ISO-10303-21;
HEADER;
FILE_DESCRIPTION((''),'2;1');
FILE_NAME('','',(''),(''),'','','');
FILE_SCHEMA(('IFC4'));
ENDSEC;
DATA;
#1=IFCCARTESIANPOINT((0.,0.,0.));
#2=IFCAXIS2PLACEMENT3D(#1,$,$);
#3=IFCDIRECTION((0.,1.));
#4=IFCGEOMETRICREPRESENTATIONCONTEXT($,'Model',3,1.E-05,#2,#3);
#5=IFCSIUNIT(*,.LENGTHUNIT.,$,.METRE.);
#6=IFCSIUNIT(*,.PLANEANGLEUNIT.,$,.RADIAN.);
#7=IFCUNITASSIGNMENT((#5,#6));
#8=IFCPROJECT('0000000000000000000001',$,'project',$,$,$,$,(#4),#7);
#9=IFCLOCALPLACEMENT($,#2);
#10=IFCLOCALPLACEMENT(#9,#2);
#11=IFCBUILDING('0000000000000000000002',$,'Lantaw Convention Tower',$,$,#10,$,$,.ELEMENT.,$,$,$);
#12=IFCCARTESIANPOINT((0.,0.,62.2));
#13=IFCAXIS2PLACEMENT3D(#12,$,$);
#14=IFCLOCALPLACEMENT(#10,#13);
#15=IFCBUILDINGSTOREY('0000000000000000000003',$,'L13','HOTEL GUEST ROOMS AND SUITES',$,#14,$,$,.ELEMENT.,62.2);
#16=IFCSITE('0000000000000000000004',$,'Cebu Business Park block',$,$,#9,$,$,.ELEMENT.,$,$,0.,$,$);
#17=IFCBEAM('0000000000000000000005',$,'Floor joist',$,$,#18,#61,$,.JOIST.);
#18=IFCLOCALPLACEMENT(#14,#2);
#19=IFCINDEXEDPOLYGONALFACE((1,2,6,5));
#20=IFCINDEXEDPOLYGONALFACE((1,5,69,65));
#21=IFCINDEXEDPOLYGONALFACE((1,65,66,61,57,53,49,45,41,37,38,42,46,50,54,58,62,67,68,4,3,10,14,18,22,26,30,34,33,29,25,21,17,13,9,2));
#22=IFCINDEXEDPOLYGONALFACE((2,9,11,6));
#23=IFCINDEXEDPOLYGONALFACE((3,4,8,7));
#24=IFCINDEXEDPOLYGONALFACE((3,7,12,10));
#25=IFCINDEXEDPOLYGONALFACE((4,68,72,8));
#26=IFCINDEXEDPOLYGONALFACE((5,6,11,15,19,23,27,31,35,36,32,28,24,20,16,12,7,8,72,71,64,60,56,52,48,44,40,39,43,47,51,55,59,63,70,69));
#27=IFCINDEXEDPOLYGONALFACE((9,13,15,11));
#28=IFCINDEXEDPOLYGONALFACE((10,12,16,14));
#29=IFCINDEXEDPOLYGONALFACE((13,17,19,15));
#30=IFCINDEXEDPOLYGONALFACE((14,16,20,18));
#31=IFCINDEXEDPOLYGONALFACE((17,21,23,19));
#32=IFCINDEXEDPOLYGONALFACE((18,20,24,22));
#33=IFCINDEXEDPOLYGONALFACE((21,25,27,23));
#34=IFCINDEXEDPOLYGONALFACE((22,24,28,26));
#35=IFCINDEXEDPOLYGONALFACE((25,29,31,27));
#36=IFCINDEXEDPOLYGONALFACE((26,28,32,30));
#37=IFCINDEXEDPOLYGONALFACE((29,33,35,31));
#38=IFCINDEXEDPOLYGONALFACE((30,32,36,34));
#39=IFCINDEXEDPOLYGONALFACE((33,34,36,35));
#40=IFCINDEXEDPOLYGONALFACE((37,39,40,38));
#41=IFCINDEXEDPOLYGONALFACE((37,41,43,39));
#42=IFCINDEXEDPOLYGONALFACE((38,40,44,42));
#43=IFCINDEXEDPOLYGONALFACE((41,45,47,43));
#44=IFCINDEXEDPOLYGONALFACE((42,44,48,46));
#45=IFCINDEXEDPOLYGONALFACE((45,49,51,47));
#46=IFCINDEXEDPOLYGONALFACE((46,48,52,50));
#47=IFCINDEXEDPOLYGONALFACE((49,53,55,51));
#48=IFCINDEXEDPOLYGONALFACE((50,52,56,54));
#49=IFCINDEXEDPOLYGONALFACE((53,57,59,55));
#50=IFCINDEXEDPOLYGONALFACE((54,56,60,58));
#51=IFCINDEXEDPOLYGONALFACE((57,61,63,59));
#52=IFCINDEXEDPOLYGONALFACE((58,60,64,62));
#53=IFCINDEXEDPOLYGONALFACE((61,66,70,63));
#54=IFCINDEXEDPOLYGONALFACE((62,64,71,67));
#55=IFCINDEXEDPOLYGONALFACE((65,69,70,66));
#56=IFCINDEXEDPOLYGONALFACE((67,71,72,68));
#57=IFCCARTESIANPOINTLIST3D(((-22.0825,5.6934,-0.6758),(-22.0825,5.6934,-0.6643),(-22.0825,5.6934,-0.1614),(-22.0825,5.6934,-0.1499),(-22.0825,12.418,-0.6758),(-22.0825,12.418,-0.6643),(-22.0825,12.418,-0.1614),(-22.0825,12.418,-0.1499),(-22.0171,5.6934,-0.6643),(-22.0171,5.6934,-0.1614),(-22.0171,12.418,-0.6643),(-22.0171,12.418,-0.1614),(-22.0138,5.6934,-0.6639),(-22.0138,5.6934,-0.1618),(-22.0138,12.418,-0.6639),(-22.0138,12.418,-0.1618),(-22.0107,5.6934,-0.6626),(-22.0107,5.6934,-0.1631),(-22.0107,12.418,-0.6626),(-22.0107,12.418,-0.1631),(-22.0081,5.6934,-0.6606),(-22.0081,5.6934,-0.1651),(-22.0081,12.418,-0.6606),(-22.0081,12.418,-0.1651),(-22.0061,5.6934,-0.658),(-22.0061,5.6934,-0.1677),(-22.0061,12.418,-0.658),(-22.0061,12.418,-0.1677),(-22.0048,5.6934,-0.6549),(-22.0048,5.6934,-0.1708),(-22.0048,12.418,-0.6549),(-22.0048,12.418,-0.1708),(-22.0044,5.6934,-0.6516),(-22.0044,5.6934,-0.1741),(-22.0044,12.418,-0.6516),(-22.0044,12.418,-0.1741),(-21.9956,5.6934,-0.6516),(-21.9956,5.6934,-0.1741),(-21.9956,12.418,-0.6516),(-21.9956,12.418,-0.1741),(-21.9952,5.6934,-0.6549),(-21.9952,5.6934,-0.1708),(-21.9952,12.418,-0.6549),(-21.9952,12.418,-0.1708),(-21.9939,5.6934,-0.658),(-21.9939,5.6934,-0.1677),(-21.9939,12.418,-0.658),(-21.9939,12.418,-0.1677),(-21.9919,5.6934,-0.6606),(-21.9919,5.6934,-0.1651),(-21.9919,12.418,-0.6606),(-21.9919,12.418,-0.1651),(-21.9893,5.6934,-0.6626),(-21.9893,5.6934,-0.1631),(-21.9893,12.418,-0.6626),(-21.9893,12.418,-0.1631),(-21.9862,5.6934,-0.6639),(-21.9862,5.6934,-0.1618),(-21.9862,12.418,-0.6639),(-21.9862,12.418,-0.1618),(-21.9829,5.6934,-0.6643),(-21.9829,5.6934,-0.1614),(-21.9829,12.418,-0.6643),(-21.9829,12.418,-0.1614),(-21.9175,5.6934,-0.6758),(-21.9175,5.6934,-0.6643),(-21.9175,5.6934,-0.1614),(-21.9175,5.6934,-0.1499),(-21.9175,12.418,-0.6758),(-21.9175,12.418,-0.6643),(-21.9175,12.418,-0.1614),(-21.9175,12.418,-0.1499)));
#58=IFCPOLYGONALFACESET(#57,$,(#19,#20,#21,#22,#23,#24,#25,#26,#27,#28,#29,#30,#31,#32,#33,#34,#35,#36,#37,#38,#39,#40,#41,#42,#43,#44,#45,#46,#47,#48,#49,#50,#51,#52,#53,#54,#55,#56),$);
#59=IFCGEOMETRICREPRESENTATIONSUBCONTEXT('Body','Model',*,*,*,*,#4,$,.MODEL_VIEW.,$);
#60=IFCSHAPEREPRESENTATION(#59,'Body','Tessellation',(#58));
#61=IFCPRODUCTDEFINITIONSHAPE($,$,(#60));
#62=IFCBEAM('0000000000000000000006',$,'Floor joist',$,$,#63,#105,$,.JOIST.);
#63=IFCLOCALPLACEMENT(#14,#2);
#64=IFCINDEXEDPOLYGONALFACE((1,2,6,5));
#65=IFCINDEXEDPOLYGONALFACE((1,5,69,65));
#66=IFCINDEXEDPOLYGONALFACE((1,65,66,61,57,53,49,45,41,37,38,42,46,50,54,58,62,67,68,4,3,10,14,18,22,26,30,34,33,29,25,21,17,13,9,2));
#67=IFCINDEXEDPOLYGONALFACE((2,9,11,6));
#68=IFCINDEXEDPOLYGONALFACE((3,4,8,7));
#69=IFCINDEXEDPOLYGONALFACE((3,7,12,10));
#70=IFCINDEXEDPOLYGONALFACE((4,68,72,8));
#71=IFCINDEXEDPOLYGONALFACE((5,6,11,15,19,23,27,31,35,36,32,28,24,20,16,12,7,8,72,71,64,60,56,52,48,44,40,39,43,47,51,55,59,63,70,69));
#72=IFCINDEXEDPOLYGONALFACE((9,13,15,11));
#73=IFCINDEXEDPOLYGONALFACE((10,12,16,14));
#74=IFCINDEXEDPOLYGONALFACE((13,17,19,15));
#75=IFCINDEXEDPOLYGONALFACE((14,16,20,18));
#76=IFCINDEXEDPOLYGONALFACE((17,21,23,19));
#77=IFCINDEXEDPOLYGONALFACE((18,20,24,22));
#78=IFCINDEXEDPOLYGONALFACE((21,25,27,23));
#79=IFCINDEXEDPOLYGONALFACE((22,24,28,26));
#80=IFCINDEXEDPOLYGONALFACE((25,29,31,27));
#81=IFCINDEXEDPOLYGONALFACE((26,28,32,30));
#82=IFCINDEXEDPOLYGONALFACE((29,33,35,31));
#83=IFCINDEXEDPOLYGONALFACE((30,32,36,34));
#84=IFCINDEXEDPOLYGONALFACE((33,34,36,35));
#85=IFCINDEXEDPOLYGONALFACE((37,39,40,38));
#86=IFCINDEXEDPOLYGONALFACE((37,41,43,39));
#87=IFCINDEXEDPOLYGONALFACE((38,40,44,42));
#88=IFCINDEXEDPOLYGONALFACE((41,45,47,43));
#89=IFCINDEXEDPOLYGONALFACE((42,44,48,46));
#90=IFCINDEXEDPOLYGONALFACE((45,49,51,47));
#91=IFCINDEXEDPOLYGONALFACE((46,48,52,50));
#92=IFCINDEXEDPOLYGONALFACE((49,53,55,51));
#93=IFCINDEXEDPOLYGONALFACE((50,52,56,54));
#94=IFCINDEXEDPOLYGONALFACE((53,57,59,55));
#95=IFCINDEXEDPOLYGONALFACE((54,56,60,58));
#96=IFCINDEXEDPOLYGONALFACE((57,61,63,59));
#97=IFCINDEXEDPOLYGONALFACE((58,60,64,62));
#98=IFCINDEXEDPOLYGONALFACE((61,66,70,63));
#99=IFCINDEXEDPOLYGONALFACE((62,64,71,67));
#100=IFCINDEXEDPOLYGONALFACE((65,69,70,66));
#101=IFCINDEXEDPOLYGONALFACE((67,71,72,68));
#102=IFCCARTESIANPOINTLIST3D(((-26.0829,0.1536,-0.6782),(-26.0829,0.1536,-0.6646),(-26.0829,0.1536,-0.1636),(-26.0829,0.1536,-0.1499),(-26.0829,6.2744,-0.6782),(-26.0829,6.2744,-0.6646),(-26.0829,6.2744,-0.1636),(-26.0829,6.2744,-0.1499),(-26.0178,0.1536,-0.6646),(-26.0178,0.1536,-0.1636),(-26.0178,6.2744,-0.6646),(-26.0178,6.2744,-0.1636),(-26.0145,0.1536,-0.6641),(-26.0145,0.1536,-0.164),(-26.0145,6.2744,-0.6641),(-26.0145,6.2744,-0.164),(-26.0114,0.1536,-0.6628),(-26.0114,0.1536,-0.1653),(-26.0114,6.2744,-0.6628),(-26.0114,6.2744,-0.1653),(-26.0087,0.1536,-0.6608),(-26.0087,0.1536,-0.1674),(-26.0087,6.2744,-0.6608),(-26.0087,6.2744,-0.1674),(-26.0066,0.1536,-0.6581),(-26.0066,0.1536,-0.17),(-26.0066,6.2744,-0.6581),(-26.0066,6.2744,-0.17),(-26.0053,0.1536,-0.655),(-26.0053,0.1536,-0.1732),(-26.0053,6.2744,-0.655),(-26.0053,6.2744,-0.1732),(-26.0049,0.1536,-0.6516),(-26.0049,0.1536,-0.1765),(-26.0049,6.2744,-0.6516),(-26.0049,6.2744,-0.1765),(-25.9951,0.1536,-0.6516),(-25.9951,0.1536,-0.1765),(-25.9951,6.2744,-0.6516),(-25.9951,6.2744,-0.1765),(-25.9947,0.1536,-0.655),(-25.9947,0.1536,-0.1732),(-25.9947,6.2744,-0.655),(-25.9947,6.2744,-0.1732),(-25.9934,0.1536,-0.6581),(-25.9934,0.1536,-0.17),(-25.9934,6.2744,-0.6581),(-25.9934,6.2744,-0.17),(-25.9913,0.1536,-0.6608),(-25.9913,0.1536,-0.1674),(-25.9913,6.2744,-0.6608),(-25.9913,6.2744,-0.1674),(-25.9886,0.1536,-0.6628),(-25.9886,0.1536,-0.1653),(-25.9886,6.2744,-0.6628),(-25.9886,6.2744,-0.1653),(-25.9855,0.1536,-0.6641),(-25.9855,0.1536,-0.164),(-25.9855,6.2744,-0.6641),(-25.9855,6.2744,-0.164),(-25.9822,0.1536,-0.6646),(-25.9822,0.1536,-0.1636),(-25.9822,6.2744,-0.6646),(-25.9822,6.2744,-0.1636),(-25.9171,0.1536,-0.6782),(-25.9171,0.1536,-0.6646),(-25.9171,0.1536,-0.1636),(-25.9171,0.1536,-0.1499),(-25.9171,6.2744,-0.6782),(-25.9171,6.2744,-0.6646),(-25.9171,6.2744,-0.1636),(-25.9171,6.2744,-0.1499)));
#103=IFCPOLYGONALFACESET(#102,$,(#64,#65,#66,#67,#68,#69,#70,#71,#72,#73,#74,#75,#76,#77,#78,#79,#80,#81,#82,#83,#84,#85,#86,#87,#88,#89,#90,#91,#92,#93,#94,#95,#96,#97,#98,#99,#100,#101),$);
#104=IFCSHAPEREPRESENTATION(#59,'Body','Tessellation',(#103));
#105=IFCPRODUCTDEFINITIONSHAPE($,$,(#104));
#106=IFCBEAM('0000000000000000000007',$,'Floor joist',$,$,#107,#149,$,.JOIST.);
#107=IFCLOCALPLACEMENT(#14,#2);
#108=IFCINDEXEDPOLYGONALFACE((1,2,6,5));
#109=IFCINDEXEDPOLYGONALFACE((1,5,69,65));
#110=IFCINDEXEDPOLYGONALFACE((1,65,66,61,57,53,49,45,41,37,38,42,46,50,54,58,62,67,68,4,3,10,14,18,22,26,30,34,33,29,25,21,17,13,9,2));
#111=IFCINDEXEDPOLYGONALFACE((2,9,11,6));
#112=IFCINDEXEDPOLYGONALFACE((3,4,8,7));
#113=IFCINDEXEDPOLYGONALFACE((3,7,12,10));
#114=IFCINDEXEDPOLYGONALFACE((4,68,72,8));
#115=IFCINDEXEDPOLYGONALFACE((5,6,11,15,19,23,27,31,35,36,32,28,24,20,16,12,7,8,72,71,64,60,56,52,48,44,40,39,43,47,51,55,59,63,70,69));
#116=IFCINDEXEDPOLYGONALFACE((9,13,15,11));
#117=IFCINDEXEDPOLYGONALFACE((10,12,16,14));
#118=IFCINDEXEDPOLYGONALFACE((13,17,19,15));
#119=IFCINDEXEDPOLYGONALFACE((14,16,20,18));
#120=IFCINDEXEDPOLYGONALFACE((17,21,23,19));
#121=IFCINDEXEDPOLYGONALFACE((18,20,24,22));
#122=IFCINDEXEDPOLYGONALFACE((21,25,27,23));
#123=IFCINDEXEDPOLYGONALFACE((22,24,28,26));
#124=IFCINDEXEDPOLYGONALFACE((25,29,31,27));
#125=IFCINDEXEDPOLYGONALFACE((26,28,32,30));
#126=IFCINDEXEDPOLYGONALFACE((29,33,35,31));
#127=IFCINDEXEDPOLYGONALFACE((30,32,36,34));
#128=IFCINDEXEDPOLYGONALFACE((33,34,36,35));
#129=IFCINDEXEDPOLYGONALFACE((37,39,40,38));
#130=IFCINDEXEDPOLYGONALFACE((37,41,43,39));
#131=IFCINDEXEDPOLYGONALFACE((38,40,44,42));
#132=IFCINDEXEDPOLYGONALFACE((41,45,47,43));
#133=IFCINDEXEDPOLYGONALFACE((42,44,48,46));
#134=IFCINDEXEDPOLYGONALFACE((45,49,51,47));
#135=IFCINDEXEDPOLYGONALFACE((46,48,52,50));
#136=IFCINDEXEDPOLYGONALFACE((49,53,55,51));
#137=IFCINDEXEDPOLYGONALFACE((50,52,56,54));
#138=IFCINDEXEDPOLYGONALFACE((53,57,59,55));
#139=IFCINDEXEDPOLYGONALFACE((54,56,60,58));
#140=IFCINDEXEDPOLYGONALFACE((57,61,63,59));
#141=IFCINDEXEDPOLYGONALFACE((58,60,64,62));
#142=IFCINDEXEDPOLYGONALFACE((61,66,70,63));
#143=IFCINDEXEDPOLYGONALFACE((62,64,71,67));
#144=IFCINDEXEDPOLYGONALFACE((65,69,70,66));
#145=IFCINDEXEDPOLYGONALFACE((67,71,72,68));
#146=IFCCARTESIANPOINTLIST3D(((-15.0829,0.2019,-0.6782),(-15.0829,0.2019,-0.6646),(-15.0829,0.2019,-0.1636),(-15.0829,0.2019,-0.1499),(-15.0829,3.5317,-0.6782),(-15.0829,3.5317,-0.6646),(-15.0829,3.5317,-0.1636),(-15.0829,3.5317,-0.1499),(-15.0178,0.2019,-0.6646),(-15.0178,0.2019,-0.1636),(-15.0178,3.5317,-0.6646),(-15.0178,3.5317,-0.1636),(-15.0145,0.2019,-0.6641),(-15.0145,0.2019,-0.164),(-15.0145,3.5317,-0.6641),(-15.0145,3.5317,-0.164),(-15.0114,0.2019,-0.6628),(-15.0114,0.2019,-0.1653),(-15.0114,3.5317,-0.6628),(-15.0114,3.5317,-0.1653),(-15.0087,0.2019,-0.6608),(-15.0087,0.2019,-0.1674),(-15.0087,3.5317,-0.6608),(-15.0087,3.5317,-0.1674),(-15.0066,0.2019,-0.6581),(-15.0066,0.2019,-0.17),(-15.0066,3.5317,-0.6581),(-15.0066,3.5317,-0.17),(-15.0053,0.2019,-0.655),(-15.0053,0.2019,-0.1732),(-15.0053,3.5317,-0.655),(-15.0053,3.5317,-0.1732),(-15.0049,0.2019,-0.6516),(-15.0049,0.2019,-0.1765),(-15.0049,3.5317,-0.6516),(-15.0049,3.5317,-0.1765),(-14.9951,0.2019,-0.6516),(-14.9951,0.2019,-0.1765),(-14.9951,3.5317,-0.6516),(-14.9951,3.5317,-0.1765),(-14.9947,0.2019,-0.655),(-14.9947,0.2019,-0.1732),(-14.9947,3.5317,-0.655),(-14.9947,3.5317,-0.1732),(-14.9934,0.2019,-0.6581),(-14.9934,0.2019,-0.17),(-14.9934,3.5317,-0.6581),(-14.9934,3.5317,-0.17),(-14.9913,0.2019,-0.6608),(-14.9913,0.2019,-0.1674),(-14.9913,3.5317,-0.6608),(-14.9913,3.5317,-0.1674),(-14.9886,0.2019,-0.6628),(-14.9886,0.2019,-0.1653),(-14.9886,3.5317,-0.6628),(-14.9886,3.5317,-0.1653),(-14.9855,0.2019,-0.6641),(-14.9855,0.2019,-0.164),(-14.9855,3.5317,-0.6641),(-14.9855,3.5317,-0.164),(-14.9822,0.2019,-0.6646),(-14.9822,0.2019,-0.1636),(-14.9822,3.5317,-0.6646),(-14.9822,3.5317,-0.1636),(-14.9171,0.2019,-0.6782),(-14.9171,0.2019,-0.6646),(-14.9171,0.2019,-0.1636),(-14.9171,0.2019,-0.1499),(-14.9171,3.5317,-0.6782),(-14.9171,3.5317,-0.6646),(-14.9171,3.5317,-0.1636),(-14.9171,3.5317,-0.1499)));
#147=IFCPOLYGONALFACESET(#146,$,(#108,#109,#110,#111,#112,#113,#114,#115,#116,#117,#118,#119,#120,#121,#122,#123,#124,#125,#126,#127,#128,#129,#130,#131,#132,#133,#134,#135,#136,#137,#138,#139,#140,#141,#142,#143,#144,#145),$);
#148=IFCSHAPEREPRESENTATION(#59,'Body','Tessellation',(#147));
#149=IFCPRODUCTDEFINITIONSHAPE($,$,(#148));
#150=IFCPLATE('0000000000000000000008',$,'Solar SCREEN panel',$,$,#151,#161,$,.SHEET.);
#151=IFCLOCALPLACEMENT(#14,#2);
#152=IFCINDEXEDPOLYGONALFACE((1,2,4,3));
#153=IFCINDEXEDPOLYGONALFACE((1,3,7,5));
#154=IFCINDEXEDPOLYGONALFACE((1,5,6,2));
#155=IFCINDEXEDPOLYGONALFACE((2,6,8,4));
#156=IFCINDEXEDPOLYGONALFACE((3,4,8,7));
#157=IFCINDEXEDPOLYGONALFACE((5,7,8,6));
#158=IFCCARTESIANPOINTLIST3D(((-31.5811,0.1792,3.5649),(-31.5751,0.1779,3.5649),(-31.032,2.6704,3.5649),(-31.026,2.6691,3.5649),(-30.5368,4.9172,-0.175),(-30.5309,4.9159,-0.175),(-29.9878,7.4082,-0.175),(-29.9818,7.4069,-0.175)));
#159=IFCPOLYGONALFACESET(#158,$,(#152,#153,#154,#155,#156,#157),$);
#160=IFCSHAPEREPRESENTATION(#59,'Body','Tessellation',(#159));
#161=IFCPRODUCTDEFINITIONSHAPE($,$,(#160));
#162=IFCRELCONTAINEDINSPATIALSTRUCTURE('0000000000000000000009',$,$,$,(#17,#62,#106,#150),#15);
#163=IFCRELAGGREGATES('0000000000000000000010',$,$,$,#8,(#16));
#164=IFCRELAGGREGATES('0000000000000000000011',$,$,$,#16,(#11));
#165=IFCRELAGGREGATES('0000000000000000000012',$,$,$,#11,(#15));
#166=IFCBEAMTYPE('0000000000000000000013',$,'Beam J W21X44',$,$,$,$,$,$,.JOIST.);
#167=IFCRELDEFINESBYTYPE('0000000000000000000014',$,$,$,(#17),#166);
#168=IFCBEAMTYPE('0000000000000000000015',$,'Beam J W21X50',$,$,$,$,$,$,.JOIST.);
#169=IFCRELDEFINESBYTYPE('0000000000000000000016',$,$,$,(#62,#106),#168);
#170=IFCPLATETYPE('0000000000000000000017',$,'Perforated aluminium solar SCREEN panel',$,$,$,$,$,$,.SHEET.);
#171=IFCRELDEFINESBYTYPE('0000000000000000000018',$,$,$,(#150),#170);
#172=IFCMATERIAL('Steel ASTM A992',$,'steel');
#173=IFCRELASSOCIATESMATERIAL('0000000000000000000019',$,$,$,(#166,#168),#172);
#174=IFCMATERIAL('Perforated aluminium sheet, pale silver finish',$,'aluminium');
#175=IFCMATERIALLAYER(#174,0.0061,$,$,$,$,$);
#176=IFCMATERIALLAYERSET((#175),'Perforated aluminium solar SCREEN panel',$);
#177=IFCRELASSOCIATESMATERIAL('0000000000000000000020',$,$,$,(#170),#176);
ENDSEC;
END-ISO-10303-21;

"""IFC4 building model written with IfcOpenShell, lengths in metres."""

from ifc_helpers import new_model, si_unit, direction, frame, origin, origin_2d, place, context, subcontext, project, spatial, polyline, i_section, outline, extrude, material, layer, layer_set, material_profile, profile_set, type_object, element, save


model = new_model("IFC4")

# Units and contexts
model_context = context("Model", 3, precision=1e-05, world=origin(), true_north=direction((0.0, 1.0)))
body_context = subcontext(model_context, "Body", "Model", "MODEL_VIEW")
ifc_project = project(units=[si_unit("LENGTHUNIT", "METRE"), si_unit("PLANEANGLEUNIT", "RADIAN")], contexts=[model_context])

# Site, building, storey
site_placement = place(None, origin())
site = spatial("IfcSite", under=ifc_project, at=site_placement, Name="Cebu Business Park block", CompositionType="ELEMENT", RefElevation=0.0)
building_placement = place(site_placement, origin())
building = spatial("IfcBuilding", under=site, at=building_placement, Name="Lantaw Convention Tower", CompositionType="ELEMENT")
storey_placement = place(building_placement, frame((0.0, 0.0, 62.2)))
storey = spatial("IfcBuildingStorey", under=building, at=storey_placement, Name="L13", Description="HOTEL GUEST ROOMS AND SUITES", CompositionType="ELEMENT", Elevation=62.2)

# Beams
ifc_material_1 = material(Name="Steel ASTM A992", Category="steel")
ifc_material_profile_1 = material_profile(ifc_material_1, i_section(OverallWidth=0.165, OverallDepth=0.5259, WebThickness=0.0088, FlangeThickness=0.0115, FilletRadius=0.0127, at=origin_2d()), Name="W21X44")
ifc_profile_set_1 = profile_set([ifc_material_profile_1], Name="Steel ASTM A992")
beam_type_1 = type_object("IfcBeamType", Name="Beam J W21X44", PredefinedType="JOIST", material=ifc_profile_set_1)
beam_1_placement = place(storey_placement, frame((-22.0, 5.6934, -0.4128), z_axis=(0.0, 1.0, 0.0), x_axis=(-1.0, 0.0, 0.0)))
element("IfcBeam", 1, at=beam_1_placement, inside=storey, type_object=beam_type_1, Name="Floor joist", PredefinedType="JOIST", context=body_context, shape_type="SweptSolid", body=[
    extrude(i_section(OverallWidth=0.165, OverallDepth=0.5259, WebThickness=0.0088, FlangeThickness=0.0115, FilletRadius=0.0127, at=origin_2d()), origin(), (0.0, 0.0, 1.0), 6.7246),
])
ifc_material_profile_2 = material_profile(ifc_material_1, i_section(OverallWidth=0.1658, OverallDepth=0.5283, WebThickness=0.0098, FlangeThickness=0.0137, FilletRadius=0.0129, at=origin_2d()), Name="W21X50")
ifc_profile_set_2 = profile_set([ifc_material_profile_2], Name="Steel ASTM A992")
beam_type_2 = type_object("IfcBeamType", Name="Beam J W21X50", PredefinedType="JOIST", material=ifc_profile_set_2)
beam_2_placement = place(storey_placement, frame((-26.0, 0.1536, -0.4141), z_axis=(0.0, 1.0, 0.0), x_axis=(-1.0, 0.0, 0.0)))
element("IfcBeam", 2, at=beam_2_placement, inside=storey, type_object=beam_type_2, Name="Floor joist", PredefinedType="JOIST", context=body_context, shape_type="SweptSolid", body=[
    extrude(i_section(OverallWidth=0.1658, OverallDepth=0.5283, WebThickness=0.0098, FlangeThickness=0.0137, FilletRadius=0.0129, at=origin_2d()), origin(), (0.0, 0.0, 1.0), 6.1208),
])
beam_3_placement = place(storey_placement, frame((-15.0, 0.2019, -0.4141), z_axis=(0.0, 1.0, 0.0), x_axis=(-1.0, 0.0, 0.0)))
element("IfcBeam", 3, at=beam_3_placement, inside=storey, type_object=beam_type_2, Name="Floor joist", PredefinedType="JOIST", context=body_context, shape_type="SweptSolid", body=[
    extrude(i_section(OverallWidth=0.1658, OverallDepth=0.5283, WebThickness=0.0098, FlangeThickness=0.0137, FilletRadius=0.0129, at=origin_2d()), origin(), (0.0, 0.0, 1.0), 3.3298),
])

# Plate
ifc_material_2 = material(Name="Perforated aluminium sheet, pale silver finish", Category="aluminium")
ifc_layer_1 = layer(ifc_material_2, 0.0061)
ifc_layer_set_1 = layer_set([ifc_layer_1], Name="Perforated aluminium solar SCREEN panel")
plate_type = type_object("IfcPlateType", Name="Perforated aluminium solar SCREEN panel", PredefinedType="SHEET", material=ifc_layer_set_1)
plate_placement = place(storey_placement, frame((-29.9878, 7.4082, -0.175), z_axis=(-0.976559, 0.215248, 0.00003), x_axis=(-0.215248, -0.976559, 0.0)))
element("IfcPlate", 4, at=plate_placement, inside=storey, type_object=plate_type, Name="Solar SCREEN panel", PredefinedType="SHEET", context=body_context, shape_type="SweptSolid", body=[
    extrude(outline(polyline([(0.0, 0.0), (2.5508, 0.0), (7.4025, 3.74), (4.8515, 3.74), (0.0, 0.0)])), origin(), (0.0, 0.0, -1.0), 0.0061),
])

save(model, "model.ifc")
